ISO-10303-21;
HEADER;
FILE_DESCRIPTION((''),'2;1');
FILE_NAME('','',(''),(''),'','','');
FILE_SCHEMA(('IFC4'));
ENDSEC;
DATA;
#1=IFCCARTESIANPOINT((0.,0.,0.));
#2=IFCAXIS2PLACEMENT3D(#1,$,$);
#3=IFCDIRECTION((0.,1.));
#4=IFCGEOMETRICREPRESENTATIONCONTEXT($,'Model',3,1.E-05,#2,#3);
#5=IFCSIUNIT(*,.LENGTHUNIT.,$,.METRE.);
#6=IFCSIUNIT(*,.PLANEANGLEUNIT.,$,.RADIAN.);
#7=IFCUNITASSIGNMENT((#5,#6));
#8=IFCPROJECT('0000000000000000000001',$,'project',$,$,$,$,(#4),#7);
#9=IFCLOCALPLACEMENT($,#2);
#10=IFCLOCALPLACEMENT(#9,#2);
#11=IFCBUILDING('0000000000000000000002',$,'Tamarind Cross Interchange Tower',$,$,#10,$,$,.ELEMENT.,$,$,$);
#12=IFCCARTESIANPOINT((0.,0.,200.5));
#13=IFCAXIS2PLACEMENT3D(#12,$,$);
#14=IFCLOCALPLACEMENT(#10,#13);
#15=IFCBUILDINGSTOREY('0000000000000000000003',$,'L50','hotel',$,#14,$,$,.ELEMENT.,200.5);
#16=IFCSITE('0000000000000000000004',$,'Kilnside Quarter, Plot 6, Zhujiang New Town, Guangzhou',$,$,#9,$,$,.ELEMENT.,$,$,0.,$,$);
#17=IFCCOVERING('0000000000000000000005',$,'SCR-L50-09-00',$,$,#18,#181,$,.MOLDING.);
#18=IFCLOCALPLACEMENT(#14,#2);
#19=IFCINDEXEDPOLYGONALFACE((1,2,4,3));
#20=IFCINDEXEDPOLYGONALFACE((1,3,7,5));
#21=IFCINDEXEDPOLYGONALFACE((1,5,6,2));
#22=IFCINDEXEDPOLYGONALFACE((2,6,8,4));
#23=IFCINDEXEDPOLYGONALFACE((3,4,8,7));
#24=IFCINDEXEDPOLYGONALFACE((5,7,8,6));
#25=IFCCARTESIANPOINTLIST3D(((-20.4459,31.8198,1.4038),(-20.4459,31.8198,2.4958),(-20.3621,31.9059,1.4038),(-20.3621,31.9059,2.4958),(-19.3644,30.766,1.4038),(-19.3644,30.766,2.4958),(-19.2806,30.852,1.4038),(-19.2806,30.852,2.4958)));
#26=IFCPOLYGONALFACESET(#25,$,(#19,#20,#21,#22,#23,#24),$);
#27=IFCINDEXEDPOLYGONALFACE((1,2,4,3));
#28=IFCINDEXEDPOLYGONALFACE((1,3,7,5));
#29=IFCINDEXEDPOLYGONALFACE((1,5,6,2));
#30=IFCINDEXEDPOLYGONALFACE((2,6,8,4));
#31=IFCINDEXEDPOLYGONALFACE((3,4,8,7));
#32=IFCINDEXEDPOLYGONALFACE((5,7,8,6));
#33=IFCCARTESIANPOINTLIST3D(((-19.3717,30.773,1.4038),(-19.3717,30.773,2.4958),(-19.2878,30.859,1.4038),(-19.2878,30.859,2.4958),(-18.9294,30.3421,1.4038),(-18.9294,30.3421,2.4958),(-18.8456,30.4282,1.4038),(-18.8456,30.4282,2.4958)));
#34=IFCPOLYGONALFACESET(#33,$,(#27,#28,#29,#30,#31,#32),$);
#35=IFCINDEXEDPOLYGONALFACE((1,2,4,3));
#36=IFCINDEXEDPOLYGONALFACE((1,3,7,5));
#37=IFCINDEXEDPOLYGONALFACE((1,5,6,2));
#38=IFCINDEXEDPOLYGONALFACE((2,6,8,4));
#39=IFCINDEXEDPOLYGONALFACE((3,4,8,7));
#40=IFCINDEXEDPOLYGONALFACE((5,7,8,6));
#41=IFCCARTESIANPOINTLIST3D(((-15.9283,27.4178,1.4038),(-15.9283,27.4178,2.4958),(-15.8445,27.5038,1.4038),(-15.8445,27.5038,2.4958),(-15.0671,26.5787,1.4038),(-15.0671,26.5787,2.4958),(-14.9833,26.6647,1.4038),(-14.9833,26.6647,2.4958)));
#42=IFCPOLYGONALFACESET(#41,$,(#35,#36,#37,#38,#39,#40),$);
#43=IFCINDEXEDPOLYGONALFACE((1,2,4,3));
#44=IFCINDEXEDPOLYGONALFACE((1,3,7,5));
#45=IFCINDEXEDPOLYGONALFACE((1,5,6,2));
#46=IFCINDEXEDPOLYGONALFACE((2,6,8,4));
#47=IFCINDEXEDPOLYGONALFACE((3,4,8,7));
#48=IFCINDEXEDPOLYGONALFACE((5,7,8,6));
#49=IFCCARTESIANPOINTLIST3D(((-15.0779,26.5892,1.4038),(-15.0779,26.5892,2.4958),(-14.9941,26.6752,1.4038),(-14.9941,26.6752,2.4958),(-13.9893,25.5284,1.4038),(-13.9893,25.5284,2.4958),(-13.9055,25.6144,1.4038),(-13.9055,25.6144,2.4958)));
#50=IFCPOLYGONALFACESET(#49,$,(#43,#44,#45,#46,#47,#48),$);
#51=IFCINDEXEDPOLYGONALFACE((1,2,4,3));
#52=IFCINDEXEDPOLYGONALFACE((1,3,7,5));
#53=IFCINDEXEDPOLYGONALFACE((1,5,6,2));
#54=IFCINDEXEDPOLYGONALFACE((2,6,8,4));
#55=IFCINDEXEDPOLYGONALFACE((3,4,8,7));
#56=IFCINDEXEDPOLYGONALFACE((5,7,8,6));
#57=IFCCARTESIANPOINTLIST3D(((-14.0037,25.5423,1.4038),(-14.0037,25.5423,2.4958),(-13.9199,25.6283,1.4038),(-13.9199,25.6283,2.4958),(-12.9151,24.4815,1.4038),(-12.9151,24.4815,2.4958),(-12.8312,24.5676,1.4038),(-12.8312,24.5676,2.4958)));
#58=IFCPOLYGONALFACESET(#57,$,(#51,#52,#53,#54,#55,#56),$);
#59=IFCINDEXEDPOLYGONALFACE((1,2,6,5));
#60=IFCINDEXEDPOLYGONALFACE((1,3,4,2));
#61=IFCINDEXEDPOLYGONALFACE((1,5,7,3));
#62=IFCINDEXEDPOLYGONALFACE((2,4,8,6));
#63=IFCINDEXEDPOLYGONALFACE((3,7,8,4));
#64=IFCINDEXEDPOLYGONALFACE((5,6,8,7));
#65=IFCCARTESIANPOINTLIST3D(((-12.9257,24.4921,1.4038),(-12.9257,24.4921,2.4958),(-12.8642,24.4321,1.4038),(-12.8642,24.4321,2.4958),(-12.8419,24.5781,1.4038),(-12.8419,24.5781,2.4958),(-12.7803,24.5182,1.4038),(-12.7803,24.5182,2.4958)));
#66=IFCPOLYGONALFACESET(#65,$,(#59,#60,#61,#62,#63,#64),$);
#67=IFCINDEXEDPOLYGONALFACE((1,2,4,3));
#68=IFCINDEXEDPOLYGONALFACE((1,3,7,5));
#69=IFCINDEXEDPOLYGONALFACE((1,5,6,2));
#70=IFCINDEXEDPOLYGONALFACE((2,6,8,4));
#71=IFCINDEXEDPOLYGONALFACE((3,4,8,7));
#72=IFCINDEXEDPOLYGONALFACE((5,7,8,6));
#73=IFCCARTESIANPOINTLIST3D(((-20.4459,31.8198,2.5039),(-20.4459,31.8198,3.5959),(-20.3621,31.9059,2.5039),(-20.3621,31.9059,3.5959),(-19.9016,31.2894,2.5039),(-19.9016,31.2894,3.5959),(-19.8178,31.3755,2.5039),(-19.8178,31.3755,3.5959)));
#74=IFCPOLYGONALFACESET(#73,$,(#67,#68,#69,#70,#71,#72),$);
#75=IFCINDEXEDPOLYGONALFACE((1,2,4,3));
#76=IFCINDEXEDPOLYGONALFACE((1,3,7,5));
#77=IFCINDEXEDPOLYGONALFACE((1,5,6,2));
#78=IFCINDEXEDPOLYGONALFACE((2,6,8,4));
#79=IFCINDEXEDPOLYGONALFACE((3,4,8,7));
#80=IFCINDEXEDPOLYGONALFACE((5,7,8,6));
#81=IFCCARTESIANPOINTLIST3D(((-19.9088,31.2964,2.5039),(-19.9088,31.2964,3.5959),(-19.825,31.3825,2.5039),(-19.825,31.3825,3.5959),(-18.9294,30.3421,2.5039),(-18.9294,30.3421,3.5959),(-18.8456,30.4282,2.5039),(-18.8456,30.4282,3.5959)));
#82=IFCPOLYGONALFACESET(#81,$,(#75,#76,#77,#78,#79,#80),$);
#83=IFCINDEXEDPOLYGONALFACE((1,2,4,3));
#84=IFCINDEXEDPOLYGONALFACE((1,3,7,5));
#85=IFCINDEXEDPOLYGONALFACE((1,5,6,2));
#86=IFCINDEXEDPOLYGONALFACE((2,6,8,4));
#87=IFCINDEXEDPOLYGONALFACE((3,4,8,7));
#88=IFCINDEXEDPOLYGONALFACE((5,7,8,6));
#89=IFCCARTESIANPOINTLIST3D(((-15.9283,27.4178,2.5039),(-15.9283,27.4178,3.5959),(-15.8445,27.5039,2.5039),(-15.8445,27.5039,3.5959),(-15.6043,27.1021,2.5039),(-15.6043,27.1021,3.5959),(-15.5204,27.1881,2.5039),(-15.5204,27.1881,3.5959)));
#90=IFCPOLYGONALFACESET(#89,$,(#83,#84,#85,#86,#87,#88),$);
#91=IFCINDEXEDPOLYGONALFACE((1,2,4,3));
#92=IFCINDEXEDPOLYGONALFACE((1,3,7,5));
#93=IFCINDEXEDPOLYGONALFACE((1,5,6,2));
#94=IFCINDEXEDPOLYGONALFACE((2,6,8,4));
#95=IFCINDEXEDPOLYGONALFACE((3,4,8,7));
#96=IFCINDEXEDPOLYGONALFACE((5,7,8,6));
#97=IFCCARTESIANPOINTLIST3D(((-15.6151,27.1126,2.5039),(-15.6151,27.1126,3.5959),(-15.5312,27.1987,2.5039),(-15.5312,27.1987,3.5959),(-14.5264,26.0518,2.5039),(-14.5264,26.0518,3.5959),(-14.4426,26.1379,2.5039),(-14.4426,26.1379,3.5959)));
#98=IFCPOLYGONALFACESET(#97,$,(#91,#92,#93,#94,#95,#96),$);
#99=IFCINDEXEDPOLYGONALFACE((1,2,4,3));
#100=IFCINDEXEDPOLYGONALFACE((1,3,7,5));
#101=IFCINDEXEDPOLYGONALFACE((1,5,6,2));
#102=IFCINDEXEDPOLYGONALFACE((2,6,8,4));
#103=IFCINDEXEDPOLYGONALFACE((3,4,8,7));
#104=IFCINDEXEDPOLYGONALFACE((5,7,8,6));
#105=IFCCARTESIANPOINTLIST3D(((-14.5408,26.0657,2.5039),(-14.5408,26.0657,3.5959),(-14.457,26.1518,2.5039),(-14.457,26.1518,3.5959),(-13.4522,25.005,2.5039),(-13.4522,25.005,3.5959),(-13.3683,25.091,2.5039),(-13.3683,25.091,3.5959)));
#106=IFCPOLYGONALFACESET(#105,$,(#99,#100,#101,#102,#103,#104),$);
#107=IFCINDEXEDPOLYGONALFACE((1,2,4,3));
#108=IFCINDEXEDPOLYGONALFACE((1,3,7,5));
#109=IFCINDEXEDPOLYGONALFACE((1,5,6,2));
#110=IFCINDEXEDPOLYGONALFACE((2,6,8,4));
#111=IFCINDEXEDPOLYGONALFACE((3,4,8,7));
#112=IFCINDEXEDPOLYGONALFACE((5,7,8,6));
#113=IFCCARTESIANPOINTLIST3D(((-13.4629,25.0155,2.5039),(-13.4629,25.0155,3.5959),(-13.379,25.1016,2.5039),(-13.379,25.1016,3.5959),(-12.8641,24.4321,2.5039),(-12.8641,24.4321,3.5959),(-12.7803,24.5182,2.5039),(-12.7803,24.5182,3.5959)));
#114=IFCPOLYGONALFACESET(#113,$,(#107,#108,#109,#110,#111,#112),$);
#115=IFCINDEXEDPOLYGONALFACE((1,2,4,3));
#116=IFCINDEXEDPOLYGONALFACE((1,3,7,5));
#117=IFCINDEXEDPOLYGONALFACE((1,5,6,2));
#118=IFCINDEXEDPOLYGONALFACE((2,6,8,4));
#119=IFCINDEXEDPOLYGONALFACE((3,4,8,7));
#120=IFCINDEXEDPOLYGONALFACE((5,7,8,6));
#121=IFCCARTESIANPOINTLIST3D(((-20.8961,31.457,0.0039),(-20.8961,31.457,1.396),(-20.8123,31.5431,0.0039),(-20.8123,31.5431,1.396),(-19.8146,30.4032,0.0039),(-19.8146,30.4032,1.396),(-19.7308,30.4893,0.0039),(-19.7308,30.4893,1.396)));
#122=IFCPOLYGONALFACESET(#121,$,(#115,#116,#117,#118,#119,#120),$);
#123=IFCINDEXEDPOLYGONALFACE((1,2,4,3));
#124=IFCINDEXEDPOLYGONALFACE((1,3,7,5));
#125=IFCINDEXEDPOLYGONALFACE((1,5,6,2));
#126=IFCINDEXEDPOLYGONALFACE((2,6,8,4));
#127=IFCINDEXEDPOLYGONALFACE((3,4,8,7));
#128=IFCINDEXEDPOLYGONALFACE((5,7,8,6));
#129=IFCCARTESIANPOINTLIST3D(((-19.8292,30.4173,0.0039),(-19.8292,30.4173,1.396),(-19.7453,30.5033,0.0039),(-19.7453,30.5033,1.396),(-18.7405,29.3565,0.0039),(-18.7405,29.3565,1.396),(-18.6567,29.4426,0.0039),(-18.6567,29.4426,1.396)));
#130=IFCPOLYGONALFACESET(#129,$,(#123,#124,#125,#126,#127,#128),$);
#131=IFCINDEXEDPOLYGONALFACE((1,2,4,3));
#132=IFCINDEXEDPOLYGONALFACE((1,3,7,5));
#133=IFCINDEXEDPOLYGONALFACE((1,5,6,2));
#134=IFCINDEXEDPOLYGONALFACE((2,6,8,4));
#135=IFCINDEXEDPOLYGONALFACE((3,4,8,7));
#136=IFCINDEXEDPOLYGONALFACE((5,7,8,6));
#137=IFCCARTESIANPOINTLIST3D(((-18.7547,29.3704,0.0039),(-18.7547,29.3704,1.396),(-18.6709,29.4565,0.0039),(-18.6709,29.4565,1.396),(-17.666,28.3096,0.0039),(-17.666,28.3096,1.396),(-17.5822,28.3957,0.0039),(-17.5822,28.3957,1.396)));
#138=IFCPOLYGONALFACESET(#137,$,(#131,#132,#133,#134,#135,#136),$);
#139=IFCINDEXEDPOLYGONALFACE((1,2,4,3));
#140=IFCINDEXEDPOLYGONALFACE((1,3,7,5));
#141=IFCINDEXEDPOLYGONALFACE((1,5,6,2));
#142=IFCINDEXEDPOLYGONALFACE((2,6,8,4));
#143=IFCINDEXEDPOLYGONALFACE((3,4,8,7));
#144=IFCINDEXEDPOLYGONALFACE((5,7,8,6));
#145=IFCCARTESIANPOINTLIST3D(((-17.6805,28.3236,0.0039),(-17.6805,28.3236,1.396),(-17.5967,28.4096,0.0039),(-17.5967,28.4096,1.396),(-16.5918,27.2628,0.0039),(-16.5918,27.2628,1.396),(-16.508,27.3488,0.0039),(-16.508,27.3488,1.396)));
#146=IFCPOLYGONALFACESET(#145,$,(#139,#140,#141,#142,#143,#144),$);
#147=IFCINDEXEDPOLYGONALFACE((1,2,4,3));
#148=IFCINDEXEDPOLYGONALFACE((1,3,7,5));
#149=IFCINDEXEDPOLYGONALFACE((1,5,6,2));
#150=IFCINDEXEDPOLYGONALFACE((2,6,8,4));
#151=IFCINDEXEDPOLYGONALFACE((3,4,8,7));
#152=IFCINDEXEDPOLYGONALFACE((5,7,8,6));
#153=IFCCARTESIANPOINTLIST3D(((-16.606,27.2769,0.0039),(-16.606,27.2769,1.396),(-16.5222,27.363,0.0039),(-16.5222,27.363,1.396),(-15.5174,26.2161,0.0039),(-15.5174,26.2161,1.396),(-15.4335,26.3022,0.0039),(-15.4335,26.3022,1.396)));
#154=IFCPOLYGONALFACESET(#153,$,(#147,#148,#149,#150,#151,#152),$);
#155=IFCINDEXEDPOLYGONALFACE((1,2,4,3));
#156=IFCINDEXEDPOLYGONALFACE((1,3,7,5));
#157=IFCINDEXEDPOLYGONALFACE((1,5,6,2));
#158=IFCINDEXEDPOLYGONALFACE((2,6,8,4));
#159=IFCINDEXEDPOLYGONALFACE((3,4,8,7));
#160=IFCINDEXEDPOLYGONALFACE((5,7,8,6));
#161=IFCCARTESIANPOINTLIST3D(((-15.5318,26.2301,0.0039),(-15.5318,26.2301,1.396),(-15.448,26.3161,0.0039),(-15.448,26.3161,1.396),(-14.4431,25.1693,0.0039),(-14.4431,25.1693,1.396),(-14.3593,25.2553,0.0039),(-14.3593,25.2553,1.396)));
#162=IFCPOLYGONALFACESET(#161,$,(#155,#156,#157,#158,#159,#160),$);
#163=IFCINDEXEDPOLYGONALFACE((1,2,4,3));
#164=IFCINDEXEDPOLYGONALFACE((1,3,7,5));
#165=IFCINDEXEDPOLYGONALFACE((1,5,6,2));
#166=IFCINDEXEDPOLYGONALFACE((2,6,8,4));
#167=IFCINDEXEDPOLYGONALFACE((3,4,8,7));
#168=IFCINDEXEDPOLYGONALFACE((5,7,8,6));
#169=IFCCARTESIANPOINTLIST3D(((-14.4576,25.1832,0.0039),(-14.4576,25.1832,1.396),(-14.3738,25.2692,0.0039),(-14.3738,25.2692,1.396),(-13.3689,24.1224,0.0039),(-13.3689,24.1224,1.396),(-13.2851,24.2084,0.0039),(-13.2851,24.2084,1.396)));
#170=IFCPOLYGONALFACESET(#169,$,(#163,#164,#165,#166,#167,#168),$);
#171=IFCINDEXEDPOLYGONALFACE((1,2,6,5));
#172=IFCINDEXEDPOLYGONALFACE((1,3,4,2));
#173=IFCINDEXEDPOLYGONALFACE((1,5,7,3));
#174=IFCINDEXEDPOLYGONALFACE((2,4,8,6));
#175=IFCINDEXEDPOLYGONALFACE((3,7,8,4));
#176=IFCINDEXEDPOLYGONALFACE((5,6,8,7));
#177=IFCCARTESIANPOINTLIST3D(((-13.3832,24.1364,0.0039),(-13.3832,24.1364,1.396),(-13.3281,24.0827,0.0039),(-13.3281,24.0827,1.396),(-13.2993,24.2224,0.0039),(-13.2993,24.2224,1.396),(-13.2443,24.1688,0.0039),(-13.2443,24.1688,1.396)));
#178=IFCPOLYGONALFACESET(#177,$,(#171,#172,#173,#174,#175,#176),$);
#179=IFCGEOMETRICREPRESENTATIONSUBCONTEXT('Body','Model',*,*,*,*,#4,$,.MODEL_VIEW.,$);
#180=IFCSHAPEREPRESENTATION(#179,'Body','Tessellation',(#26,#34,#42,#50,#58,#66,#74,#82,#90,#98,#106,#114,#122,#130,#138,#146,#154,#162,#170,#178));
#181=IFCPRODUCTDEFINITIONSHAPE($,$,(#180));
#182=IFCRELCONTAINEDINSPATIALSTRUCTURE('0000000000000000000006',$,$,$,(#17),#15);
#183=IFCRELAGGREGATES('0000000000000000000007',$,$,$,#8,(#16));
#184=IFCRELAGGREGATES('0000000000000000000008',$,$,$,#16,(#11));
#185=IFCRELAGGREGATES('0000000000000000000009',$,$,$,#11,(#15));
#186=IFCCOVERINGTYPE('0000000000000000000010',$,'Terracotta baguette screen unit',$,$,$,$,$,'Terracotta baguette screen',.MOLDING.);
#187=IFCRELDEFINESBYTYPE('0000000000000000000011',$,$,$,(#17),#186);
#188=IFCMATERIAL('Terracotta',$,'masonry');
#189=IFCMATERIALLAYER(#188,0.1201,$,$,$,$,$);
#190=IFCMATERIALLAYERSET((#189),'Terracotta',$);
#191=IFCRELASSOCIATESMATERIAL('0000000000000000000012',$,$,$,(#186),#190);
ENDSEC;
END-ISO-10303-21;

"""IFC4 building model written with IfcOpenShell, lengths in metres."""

from ifc_helpers import new_model, si_unit, direction, frame, origin, origin_2d, place, context, subcontext, project, spatial, rectangle, extrude, material, layer, layer_set, type_object, element, save


model = new_model("IFC4")

# Units and contexts
model_context = context("Model", 3, precision=1e-05, world=origin(), true_north=direction((0.0, 1.0)))
body_context = subcontext(model_context, "Body", "Model", "MODEL_VIEW")
ifc_project = project(units=[si_unit("LENGTHUNIT", "METRE"), si_unit("PLANEANGLEUNIT", "RADIAN")], contexts=[model_context])

# Site, building, storey
site_placement = place(None, origin())
site = spatial("IfcSite", under=ifc_project, at=site_placement, Name="Kilnside Quarter, Plot 6, Zhujiang New Town, Guangzhou", CompositionType="ELEMENT", RefElevation=0.0)
building_placement = place(site_placement, origin())
building = spatial("IfcBuilding", under=site, at=building_placement, Name="Tamarind Cross Interchange Tower", CompositionType="ELEMENT")
storey_placement = place(building_placement, frame((0.0, 0.0, 200.5)))
storey = spatial("IfcBuildingStorey", under=building, at=storey_placement, Name="L50", Description="hotel", CompositionType="ELEMENT", Elevation=200.5)

# Covering
ifc_material_1 = material(Name="Terracotta", Category="masonry")
ifc_layer_1 = layer(ifc_material_1, 0.1201)
ifc_layer_set_1 = layer_set([ifc_layer_1], Name="Terracotta")
covering_type = type_object("IfcCoveringType", Name="Terracotta baguette screen unit", ElementType="Terracotta baguette screen", PredefinedType="MOLDING", material=ifc_layer_set_1)
covering_1_placement = place(storey_placement, origin())
element("IfcCovering", 1, at=covering_1_placement, inside=storey, type_object=covering_type, Name="SCR-L50-09-00", PredefinedType="MOLDING", context=body_context, shape_type="SweptSolid", body=[
    extrude(rectangle(XDim=1.51, YDim=0.1201, at=origin_2d()), frame((-19.8633, 31.3359, 1.4038), z_axis=(0.0, 0.0, 1.0), x_axis=(0.716215, -0.69788, 0.0)), (0.0, 0.0, 1.0), 1.092),
    extrude(rectangle(XDim=0.6174, YDim=0.1201, at=origin_2d()), frame((-19.1086, 30.6006, 1.4038), z_axis=(0.0, 0.0, 1.0), x_axis=(0.716215, -0.69788, 0.0)), (0.0, 0.0, 1.0), 1.092),
    extrude(rectangle(XDim=1.2024, YDim=0.1201, at=origin_2d()), frame((-15.4558, 27.0413, 1.4038), z_axis=(0.0, 0.0, 1.0), x_axis=(0.716215, -0.69788, 0.0)), (0.0, 0.0, 1.0), 1.092),
    extrude(rectangle(XDim=1.52, YDim=0.1201, at=origin_2d()), frame((-14.4917, 26.1018, 1.4038), z_axis=(0.0, 0.0, 1.0), x_axis=(0.716215, -0.69788, 0.0)), (0.0, 0.0, 1.0), 1.092),
    extrude(rectangle(XDim=1.52, YDim=0.1201, at=origin_2d()), frame((-13.4175, 25.0549, 1.4038), z_axis=(0.0, 0.0, 1.0), x_axis=(0.716215, -0.69788, 0.0)), (0.0, 0.0, 1.0), 1.092),
    extrude(rectangle(XDim=0.0859, YDim=0.1201, at=origin_2d()), frame((-12.853, 24.5051, 1.4038), z_axis=(0.0, 0.0, 1.0), x_axis=(0.716215, -0.69788, 0.0)), (0.0, 0.0, 1.0), 1.092),
    extrude(rectangle(XDim=0.76, YDim=0.1201, at=origin_2d()), frame((-20.1318, 31.5977, 2.5039), z_axis=(0.0, 0.0, 1.0), x_axis=(0.716215, -0.69788, 0.0)), (0.0, 0.0, 1.0), 1.092),
    extrude(rectangle(XDim=1.3674, YDim=0.1201, at=origin_2d()), frame((-19.3772, 30.8623, 2.5039), z_axis=(0.0, 0.0, 1.0), x_axis=(0.716215, -0.69788, 0.0)), (0.0, 0.0, 1.0), 1.092),
    extrude(rectangle(XDim=0.4524, YDim=0.1201, at=origin_2d()), frame((-15.7244, 27.303, 2.5039), z_axis=(0.0, 0.0, 1.0), x_axis=(0.716215, -0.69788, 0.0)), (0.0, 0.0, 1.0), 1.092),
    extrude(rectangle(XDim=1.52, YDim=0.1201, at=origin_2d()), frame((-15.0288, 26.6252, 2.5039), z_axis=(0.0, 0.0, 1.0), x_axis=(0.716215, -0.69788, 0.0)), (0.0, 0.0, 1.0), 1.092),
    extrude(rectangle(XDim=1.52, YDim=0.1201, at=origin_2d()), frame((-13.9546, 25.5784, 2.5039), z_axis=(0.0, 0.0, 1.0), x_axis=(0.716215, -0.69788, 0.0)), (0.0, 0.0, 1.0), 1.092),
    extrude(rectangle(XDim=0.8359, YDim=0.1201, at=origin_2d()), frame((-13.1216, 24.7668, 2.5039), z_axis=(0.0, 0.0, 1.0), x_axis=(0.716215, -0.69788, 0.0)), (0.0, 0.0, 1.0), 1.092),
    extrude(rectangle(XDim=1.51, YDim=0.1201, at=origin_2d()), frame((-20.3135, 30.9731, 0.0039), z_axis=(0.0, 0.0, 1.0), x_axis=(0.716215, -0.69788, 0.0)), (0.0, 0.0, 1.0), 1.3921),
    extrude(rectangle(XDim=1.52, YDim=0.1201, at=origin_2d()), frame((-19.2429, 29.9299, 0.0039), z_axis=(0.0, 0.0, 1.0), x_axis=(0.716215, -0.69788, 0.0)), (0.0, 0.0, 1.0), 1.3921),
    extrude(rectangle(XDim=1.52, YDim=0.1201, at=origin_2d()), frame((-18.1685, 28.8831, 0.0039), z_axis=(0.0, 0.0, 1.0), x_axis=(0.716215, -0.69788, 0.0)), (0.0, 0.0, 1.0), 1.3921),
    extrude(rectangle(XDim=1.52, YDim=0.1201, at=origin_2d()), frame((-17.0942, 27.8362, 0.0039), z_axis=(0.0, 0.0, 1.0), x_axis=(0.716215, -0.69788, 0.0)), (0.0, 0.0, 1.0), 1.3921),
    extrude(rectangle(XDim=1.52, YDim=0.1201, at=origin_2d()), frame((-16.0198, 26.7896, 0.0039), z_axis=(0.0, 0.0, 1.0), x_axis=(0.716215, -0.69788, 0.0)), (0.0, 0.0, 1.0), 1.3921),
    extrude(rectangle(XDim=1.52, YDim=0.1201, at=origin_2d()), frame((-14.9456, 25.7427, 0.0039), z_axis=(0.0, 0.0, 1.0), x_axis=(0.716215, -0.69788, 0.0)), (0.0, 0.0, 1.0), 1.3921),
    extrude(rectangle(XDim=1.52, YDim=0.1201, at=origin_2d()), frame((-13.8713, 24.6958, 0.0039), z_axis=(0.0, 0.0, 1.0), x_axis=(0.716215, -0.69788, 0.0)), (0.0, 0.0, 1.0), 1.3921),
    extrude(rectangle(XDim=0.0769, YDim=0.1201, at=origin_2d()), frame((-13.3137, 24.1526, 0.0039), z_axis=(0.0, 0.0, 1.0), x_axis=(0.716215, -0.69788, 0.0)), (0.0, 0.0, 1.0), 1.3921),
])

save(model, "model.ifc")
